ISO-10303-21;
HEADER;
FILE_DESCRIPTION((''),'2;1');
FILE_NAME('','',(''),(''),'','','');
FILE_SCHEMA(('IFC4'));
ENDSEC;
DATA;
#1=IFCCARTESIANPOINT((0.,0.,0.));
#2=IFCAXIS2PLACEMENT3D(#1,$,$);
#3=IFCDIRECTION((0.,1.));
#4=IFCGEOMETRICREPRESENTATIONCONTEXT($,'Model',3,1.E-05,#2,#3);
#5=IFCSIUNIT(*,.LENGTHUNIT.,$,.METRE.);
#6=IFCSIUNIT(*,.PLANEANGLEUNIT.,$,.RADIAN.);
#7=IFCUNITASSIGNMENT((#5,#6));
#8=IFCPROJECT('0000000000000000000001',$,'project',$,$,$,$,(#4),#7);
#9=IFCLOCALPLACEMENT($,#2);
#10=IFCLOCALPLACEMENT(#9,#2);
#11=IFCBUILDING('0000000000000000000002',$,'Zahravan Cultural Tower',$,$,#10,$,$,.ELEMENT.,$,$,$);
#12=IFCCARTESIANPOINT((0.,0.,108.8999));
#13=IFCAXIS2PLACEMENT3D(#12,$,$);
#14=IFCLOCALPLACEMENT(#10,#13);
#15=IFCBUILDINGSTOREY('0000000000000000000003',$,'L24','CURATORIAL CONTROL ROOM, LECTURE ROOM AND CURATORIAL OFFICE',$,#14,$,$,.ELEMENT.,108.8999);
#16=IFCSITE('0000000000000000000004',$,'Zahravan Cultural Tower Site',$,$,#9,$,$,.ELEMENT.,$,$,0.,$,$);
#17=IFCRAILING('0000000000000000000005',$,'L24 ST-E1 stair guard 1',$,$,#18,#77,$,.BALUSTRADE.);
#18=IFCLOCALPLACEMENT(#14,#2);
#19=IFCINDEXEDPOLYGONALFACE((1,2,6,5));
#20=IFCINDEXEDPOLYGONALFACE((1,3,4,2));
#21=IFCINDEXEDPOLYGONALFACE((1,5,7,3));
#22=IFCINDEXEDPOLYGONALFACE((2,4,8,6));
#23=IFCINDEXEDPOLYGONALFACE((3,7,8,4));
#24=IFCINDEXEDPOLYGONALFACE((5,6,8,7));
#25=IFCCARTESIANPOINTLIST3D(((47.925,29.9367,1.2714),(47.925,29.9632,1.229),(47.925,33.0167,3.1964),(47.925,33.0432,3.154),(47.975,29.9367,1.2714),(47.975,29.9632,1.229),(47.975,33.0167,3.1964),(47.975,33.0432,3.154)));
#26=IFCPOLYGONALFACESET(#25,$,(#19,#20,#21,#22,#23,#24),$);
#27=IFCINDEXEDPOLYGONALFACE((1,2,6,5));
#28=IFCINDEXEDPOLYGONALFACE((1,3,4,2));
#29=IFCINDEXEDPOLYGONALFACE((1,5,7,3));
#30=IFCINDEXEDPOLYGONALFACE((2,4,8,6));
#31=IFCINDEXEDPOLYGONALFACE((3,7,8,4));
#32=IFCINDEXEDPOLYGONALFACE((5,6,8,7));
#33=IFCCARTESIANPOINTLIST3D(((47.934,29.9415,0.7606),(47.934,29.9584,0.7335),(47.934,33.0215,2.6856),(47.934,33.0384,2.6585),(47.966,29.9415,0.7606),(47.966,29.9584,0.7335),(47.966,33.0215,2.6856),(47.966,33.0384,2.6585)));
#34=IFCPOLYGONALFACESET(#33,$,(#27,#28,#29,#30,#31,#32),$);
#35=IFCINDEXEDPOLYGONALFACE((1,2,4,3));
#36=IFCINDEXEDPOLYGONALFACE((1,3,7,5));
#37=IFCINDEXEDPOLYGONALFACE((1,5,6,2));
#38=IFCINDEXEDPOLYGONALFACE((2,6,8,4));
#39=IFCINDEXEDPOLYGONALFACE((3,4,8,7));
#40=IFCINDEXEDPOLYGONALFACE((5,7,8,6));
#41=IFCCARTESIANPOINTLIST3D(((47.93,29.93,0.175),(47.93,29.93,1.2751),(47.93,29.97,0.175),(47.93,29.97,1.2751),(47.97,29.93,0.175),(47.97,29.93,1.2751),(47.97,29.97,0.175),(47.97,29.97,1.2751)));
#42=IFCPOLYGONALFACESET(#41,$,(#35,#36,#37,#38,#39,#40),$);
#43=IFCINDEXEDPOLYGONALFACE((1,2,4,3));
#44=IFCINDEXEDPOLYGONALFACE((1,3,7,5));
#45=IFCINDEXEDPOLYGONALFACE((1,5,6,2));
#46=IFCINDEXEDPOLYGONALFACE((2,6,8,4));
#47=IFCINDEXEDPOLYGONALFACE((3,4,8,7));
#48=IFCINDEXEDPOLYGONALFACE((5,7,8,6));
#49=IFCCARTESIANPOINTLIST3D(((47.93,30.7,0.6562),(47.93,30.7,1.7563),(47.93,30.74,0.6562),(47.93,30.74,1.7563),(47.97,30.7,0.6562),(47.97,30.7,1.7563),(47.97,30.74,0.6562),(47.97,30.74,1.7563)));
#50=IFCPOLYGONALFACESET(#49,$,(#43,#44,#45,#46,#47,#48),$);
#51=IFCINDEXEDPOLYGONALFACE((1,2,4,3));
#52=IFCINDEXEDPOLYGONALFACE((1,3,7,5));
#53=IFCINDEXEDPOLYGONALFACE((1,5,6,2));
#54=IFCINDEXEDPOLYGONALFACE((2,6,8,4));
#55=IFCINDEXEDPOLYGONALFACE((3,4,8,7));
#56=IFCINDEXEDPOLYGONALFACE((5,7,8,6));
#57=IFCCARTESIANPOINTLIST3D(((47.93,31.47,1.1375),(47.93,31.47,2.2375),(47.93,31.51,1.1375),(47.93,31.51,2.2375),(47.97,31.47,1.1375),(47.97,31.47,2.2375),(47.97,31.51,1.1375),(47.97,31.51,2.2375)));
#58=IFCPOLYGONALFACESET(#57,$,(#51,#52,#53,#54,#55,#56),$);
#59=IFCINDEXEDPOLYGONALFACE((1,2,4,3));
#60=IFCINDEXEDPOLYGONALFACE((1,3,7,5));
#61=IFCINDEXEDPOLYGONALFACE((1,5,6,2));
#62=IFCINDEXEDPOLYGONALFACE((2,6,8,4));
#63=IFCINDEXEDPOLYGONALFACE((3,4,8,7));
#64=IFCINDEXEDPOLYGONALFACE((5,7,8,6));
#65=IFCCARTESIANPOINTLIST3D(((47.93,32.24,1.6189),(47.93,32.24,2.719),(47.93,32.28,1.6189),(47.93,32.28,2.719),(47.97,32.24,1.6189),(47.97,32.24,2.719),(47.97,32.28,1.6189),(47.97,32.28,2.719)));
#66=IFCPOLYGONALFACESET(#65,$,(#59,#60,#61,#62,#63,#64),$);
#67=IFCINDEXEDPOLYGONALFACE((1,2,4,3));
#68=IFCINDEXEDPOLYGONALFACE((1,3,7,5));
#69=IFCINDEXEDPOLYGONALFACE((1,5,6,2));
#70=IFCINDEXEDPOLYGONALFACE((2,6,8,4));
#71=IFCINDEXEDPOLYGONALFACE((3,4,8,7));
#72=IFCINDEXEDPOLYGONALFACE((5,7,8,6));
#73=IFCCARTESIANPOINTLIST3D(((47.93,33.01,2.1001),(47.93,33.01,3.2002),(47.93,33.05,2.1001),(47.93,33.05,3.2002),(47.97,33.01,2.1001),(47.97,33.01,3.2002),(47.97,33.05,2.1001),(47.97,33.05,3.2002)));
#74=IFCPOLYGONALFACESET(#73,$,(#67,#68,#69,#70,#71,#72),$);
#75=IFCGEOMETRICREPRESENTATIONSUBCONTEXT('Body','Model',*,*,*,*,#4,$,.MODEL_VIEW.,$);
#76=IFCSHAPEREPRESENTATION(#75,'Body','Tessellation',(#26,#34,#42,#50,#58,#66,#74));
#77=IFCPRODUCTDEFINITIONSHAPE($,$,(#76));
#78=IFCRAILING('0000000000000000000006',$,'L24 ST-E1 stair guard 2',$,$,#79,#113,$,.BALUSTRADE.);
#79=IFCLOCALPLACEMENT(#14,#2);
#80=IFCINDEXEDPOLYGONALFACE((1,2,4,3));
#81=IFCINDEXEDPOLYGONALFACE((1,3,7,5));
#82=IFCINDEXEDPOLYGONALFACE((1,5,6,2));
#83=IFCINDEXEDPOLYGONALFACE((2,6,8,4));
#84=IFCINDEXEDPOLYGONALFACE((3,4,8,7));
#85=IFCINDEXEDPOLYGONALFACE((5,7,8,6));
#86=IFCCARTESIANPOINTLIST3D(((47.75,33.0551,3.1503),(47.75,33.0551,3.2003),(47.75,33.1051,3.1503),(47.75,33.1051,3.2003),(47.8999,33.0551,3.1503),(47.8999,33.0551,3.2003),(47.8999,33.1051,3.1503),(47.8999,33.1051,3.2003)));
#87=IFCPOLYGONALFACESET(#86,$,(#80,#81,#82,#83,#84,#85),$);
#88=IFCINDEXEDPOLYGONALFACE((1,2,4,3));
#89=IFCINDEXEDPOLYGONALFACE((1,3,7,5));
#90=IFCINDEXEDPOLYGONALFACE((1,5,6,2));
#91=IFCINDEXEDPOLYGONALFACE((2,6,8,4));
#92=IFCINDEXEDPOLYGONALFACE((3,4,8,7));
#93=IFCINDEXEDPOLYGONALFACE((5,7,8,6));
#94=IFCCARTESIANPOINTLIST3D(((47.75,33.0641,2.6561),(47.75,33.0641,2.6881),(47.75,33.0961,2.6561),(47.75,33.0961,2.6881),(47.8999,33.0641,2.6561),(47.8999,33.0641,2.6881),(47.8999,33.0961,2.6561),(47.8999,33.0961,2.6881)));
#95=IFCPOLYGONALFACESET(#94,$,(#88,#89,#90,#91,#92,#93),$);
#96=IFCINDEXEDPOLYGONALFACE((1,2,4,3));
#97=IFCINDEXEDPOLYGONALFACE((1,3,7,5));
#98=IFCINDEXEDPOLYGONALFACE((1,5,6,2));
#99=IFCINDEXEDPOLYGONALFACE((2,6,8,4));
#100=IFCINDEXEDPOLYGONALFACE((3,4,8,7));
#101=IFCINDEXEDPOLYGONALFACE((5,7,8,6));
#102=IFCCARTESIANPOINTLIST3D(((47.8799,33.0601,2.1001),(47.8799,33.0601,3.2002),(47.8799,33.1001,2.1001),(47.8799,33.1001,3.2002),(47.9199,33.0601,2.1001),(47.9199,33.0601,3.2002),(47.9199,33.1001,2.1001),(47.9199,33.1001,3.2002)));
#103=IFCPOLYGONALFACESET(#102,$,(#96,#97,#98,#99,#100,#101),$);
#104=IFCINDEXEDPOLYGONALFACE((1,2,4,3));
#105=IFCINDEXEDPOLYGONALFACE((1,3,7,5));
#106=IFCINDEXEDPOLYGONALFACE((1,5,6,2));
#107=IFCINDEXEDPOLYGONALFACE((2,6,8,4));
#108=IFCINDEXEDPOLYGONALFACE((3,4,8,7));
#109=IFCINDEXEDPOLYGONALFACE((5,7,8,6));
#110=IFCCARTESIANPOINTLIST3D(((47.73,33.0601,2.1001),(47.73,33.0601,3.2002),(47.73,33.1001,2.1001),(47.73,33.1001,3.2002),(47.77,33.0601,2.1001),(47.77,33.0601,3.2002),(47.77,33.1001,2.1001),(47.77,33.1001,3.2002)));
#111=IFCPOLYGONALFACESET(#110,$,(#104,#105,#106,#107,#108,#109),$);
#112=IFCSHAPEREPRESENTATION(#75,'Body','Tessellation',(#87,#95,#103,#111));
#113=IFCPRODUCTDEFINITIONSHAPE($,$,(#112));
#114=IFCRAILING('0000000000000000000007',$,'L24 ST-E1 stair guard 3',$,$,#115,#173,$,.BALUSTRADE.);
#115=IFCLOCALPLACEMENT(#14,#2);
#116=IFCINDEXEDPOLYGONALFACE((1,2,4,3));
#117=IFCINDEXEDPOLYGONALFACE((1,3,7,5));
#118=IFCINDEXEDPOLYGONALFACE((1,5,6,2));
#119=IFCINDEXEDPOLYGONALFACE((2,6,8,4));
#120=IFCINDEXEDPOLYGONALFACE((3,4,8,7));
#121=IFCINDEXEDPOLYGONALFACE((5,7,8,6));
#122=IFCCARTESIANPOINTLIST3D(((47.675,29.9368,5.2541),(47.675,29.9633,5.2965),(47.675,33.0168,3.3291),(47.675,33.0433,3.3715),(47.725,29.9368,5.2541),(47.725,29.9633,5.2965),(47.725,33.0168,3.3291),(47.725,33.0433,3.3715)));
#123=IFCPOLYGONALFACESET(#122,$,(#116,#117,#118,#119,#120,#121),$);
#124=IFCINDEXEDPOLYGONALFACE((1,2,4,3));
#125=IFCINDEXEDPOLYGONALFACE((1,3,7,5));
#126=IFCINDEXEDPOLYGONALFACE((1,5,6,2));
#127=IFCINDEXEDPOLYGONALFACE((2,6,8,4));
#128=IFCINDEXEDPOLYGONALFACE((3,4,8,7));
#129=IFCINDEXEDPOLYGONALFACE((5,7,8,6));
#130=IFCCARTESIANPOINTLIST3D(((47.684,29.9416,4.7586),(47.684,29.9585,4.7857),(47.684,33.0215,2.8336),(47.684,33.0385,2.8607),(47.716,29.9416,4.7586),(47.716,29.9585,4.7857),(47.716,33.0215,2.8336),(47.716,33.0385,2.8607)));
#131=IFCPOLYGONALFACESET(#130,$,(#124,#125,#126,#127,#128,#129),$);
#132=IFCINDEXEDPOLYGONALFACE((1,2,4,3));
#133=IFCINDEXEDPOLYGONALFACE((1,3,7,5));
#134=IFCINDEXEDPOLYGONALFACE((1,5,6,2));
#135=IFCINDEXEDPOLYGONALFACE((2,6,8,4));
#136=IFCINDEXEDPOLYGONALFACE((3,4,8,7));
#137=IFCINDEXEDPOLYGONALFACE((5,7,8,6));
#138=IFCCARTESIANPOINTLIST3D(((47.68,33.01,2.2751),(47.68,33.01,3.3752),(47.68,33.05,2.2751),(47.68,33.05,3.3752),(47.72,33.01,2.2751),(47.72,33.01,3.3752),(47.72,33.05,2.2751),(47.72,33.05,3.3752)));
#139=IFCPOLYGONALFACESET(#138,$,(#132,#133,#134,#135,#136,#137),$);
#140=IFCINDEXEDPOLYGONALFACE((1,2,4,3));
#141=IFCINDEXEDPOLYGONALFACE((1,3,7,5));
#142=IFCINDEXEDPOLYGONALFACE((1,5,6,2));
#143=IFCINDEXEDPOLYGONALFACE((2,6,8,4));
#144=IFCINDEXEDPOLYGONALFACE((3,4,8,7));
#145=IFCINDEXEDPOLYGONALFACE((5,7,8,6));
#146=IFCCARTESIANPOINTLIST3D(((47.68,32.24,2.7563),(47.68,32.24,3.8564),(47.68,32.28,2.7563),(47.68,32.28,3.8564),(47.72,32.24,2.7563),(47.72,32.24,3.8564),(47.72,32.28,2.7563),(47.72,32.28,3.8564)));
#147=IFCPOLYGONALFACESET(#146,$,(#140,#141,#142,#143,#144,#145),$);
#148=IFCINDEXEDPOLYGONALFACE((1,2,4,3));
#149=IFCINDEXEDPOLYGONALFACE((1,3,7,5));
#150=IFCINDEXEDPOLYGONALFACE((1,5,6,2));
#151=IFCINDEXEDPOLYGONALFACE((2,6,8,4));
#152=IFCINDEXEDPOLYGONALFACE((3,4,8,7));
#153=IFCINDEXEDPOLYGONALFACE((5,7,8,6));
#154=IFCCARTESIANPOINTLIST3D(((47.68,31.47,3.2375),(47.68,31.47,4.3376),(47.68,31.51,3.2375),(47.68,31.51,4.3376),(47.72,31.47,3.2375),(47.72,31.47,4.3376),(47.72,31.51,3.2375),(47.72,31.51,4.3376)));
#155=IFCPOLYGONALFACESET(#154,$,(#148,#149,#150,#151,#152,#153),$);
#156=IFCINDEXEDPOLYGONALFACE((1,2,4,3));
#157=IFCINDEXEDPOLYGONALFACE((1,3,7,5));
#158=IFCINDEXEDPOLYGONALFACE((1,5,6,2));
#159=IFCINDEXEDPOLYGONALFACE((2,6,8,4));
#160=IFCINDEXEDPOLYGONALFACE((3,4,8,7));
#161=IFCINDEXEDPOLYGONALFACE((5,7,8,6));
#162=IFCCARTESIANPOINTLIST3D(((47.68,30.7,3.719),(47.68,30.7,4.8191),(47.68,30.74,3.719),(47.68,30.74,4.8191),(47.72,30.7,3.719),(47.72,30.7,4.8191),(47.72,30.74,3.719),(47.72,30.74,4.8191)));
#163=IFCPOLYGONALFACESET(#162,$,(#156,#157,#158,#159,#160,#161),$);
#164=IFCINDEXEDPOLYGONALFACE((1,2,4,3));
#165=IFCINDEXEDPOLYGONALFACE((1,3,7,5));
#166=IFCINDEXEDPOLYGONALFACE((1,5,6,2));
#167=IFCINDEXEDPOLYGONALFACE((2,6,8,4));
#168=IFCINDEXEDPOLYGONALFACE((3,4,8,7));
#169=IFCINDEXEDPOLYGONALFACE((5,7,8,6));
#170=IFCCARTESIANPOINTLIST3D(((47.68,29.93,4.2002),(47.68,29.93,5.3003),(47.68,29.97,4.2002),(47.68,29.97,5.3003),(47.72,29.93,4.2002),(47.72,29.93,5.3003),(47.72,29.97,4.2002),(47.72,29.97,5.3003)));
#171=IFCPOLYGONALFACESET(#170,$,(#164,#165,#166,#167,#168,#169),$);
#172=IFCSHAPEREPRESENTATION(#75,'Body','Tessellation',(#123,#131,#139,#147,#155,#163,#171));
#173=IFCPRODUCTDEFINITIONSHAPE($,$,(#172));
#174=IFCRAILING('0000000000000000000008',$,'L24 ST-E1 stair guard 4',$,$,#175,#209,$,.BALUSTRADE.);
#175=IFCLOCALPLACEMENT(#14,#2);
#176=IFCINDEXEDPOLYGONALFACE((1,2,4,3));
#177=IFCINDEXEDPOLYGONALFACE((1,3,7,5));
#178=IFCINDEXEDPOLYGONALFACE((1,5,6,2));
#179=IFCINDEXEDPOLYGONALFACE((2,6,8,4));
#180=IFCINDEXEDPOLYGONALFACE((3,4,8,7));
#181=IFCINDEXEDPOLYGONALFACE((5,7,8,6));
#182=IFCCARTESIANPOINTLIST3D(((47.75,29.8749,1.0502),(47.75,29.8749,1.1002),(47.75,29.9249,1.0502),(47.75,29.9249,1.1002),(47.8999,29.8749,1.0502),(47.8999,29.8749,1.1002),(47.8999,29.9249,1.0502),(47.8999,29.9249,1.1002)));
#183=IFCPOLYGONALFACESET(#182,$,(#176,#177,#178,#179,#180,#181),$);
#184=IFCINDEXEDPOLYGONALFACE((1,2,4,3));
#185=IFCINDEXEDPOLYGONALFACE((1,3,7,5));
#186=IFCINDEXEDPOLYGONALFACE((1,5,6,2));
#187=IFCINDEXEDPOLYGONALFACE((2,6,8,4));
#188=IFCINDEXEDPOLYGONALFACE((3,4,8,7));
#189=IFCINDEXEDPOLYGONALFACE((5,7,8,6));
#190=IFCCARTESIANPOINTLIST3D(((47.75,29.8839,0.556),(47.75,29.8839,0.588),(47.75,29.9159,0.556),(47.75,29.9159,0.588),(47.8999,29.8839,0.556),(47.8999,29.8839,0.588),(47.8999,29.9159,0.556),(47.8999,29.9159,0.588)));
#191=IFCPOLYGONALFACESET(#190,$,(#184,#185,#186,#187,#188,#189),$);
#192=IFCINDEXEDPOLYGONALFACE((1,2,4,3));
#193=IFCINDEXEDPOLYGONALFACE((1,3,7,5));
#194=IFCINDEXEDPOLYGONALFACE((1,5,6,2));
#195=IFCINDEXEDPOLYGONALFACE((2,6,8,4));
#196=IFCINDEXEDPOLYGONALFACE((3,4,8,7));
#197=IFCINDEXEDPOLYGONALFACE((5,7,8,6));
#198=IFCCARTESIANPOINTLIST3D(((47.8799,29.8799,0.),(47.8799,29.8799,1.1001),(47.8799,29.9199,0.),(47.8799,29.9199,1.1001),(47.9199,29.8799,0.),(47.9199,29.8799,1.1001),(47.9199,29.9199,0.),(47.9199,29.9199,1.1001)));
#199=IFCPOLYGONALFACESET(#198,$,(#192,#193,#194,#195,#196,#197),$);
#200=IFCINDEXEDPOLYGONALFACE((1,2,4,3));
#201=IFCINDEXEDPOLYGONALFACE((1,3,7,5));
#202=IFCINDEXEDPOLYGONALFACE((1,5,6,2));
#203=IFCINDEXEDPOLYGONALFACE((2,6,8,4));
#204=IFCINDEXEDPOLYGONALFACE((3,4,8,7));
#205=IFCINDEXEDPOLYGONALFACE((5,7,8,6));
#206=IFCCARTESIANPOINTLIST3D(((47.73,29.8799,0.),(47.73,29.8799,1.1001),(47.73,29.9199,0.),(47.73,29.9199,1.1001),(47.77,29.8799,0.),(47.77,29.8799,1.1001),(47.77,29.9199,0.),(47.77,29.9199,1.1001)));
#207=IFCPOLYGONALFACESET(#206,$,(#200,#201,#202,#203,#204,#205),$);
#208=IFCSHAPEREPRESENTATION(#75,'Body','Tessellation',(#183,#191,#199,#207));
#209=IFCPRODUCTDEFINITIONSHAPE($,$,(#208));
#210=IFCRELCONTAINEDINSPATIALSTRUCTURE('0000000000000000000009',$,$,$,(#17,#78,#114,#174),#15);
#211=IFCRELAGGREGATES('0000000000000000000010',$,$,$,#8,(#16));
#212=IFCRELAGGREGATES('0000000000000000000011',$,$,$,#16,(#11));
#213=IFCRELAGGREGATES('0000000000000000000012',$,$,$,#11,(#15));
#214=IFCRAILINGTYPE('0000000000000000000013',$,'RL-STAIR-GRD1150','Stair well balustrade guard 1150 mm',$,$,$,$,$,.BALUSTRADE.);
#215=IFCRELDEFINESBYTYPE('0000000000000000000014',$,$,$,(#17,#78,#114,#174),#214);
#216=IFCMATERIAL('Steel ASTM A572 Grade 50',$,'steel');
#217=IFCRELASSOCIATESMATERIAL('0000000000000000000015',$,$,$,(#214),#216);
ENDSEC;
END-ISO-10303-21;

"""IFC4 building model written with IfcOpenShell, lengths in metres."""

from ifc_helpers import new_model, si_unit, direction, frame, origin, origin_2d, place, context, subcontext, project, spatial, rectangle, extrude, material, type_object, element, save


model = new_model("IFC4")

# Units and contexts
model_context = context("Model", 3, precision=1e-05, world=origin(), true_north=direction((0.0, 1.0)))
body_context = subcontext(model_context, "Body", "Model", "MODEL_VIEW")
ifc_project = project(units=[si_unit("LENGTHUNIT", "METRE"), si_unit("PLANEANGLEUNIT", "RADIAN")], contexts=[model_context])

# Site, building, storey
site_placement = place(None, origin())
site = spatial("IfcSite", under=ifc_project, at=site_placement, Name="Zahravan Cultural Tower Site", CompositionType="ELEMENT", RefElevation=0.0)
building_placement = place(site_placement, origin())
building = spatial("IfcBuilding", under=site, at=building_placement, Name="Zahravan Cultural Tower", CompositionType="ELEMENT")
storey_placement = place(building_placement, frame((0.0, 0.0, 108.8999)))
storey = spatial("IfcBuildingStorey", under=building, at=storey_placement, Name="L24", Description="CURATORIAL CONTROL ROOM, LECTURE ROOM AND CURATORIAL OFFICE", CompositionType="ELEMENT", Elevation=108.8999)

# Shared definitions
ifc_material_1 = material(Name="Steel ASTM A572 Grade 50", Category="steel")

# Railings
railing_type_1 = type_object("IfcRailingType", Name="RL-STAIR-GRD1150", Description="Stair well balustrade guard 1150 mm", PredefinedType="BALUSTRADE", material=ifc_material_1)
railing_1_placement = place(storey_placement, frame((47.95, 29.95, 0.175)))
element("IfcRailing", 1, at=railing_1_placement, inside=storey, type_object=railing_type_1, Name="L24 ST-E1 stair guard 1", PredefinedType="BALUSTRADE", context=body_context, shape_type="SweptSolid", body=[
    extrude(rectangle(XDim=0.05, YDim=0.05, at=origin_2d()), frame((0.0, 0.0, 1.0752), z_axis=(0.0, 0.847998, 0.529999), x_axis=(-1.0, 0.0, 0.0)), (0.0, 0.0, 1.0), 3.6321),
    extrude(rectangle(XDim=0.032, YDim=0.032, at=origin_2d()), frame((0.0, 0.0, 0.572), z_axis=(0.0, 0.847998, 0.529999), x_axis=(-1.0, 0.0, 0.0)), (0.0, 0.0, 1.0), 3.6321),
    extrude(rectangle(XDim=0.04, YDim=0.04, at=origin_2d()), origin(), (0.0, 0.0, 1.0), 1.1001),
    extrude(rectangle(XDim=0.04, YDim=0.04, at=origin_2d()), frame((0.0, 0.77, 0.4812)), (0.0, 0.0, 1.0), 1.1001),
    extrude(rectangle(XDim=0.04, YDim=0.04, at=origin_2d()), frame((0.0, 1.54, 0.9624)), (0.0, 0.0, 1.0), 1.1001),
    extrude(rectangle(XDim=0.04, YDim=0.04, at=origin_2d()), frame((0.0, 2.3101, 1.4438)), (0.0, 0.0, 1.0), 1.1001),
    extrude(rectangle(XDim=0.04, YDim=0.04, at=origin_2d()), frame((0.0, 3.0801, 1.925)), (0.0, 0.0, 1.0), 1.1001),
])
railing_2_placement = place(storey_placement, frame((47.8999, 33.0801, 2.1001)))
element("IfcRailing", 2, at=railing_2_placement, inside=storey, type_object=railing_type_1, Name="L24 ST-E1 stair guard 2", PredefinedType="BALUSTRADE", context=body_context, shape_type="SweptSolid", body=[
    extrude(rectangle(XDim=0.05, YDim=0.05, at=origin_2d()), frame((0.0, 0.0, 1.0752), z_axis=(-1.0, 0.0, 0.0), x_axis=(0.0, -1.0, 0.0)), (0.0, 0.0, 1.0), 0.1499),
    extrude(rectangle(XDim=0.032, YDim=0.032, at=origin_2d()), frame((0.0, 0.0, 0.572), z_axis=(-1.0, 0.0, 0.0), x_axis=(0.0, -1.0, 0.0)), (0.0, 0.0, 1.0), 0.1499),
    extrude(rectangle(XDim=0.04, YDim=0.04, at=origin_2d()), origin(), (0.0, 0.0, 1.0), 1.1001),
    extrude(rectangle(XDim=0.04, YDim=0.04, at=origin_2d()), frame((-0.1499, 0.0, 0.0)), (0.0, 0.0, 1.0), 1.1001),
])
railing_3_placement = place(storey_placement, frame((47.7, 33.03, 2.2751)))
element("IfcRailing", 3, at=railing_3_placement, inside=storey, type_object=railing_type_1, Name="L24 ST-E1 stair guard 3", PredefinedType="BALUSTRADE", context=body_context, shape_type="SweptSolid", body=[
    extrude(rectangle(XDim=0.05, YDim=0.05, at=origin_2d()), frame((0.0, 0.0, 1.0752), z_axis=(0.0, -0.847998, 0.529999), x_axis=(1.0, 0.0, 0.0)), (0.0, 0.0, 1.0), 3.6321),
    extrude(rectangle(XDim=0.032, YDim=0.032, at=origin_2d()), frame((0.0, 0.0, 0.572), z_axis=(0.0, -0.847998, 0.529999), x_axis=(1.0, 0.0, 0.0)), (0.0, 0.0, 1.0), 3.6321),
    extrude(rectangle(XDim=0.04, YDim=0.04, at=origin_2d()), origin(), (0.0, 0.0, 1.0), 1.1001),
    extrude(rectangle(XDim=0.04, YDim=0.04, at=origin_2d()), frame((0.0, -0.77, 0.4812)), (0.0, 0.0, 1.0), 1.1001),
    extrude(rectangle(XDim=0.04, YDim=0.04, at=origin_2d()), frame((0.0, -1.54, 0.9624)), (0.0, 0.0, 1.0), 1.1001),
    extrude(rectangle(XDim=0.04, YDim=0.04, at=origin_2d()), frame((0.0, -2.3101, 1.4438)), (0.0, 0.0, 1.0), 1.1001),
    extrude(rectangle(XDim=0.04, YDim=0.04, at=origin_2d()), frame((0.0, -3.0801, 1.925)), (0.0, 0.0, 1.0), 1.1001),
])
railing_4_placement = place(storey_placement, frame((47.8999, 29.8999, 0.0)))
element("IfcRailing", 4, at=railing_4_placement, inside=storey, type_object=railing_type_1, Name="L24 ST-E1 stair guard 4", PredefinedType="BALUSTRADE", context=body_context, shape_type="SweptSolid", body=[
    extrude(rectangle(XDim=0.05, YDim=0.05, at=origin_2d()), frame((0.0, 0.0, 1.0752), z_axis=(-1.0, 0.0, 0.0), x_axis=(0.0, -1.0, 0.0)), (0.0, 0.0, 1.0), 0.1499),
    extrude(rectangle(XDim=0.032, YDim=0.032, at=origin_2d()), frame((0.0, 0.0, 0.572), z_axis=(-1.0, 0.0, 0.0), x_axis=(0.0, -1.0, 0.0)), (0.0, 0.0, 1.0), 0.1499),
    extrude(rectangle(XDim=0.04, YDim=0.04, at=origin_2d()), origin(), (0.0, 0.0, 1.0), 1.1001),
    extrude(rectangle(XDim=0.04, YDim=0.04, at=origin_2d()), frame((-0.1499, 0.0, 0.0)), (0.0, 0.0, 1.0), 1.1001),
])

save(model, "model.ifc")
